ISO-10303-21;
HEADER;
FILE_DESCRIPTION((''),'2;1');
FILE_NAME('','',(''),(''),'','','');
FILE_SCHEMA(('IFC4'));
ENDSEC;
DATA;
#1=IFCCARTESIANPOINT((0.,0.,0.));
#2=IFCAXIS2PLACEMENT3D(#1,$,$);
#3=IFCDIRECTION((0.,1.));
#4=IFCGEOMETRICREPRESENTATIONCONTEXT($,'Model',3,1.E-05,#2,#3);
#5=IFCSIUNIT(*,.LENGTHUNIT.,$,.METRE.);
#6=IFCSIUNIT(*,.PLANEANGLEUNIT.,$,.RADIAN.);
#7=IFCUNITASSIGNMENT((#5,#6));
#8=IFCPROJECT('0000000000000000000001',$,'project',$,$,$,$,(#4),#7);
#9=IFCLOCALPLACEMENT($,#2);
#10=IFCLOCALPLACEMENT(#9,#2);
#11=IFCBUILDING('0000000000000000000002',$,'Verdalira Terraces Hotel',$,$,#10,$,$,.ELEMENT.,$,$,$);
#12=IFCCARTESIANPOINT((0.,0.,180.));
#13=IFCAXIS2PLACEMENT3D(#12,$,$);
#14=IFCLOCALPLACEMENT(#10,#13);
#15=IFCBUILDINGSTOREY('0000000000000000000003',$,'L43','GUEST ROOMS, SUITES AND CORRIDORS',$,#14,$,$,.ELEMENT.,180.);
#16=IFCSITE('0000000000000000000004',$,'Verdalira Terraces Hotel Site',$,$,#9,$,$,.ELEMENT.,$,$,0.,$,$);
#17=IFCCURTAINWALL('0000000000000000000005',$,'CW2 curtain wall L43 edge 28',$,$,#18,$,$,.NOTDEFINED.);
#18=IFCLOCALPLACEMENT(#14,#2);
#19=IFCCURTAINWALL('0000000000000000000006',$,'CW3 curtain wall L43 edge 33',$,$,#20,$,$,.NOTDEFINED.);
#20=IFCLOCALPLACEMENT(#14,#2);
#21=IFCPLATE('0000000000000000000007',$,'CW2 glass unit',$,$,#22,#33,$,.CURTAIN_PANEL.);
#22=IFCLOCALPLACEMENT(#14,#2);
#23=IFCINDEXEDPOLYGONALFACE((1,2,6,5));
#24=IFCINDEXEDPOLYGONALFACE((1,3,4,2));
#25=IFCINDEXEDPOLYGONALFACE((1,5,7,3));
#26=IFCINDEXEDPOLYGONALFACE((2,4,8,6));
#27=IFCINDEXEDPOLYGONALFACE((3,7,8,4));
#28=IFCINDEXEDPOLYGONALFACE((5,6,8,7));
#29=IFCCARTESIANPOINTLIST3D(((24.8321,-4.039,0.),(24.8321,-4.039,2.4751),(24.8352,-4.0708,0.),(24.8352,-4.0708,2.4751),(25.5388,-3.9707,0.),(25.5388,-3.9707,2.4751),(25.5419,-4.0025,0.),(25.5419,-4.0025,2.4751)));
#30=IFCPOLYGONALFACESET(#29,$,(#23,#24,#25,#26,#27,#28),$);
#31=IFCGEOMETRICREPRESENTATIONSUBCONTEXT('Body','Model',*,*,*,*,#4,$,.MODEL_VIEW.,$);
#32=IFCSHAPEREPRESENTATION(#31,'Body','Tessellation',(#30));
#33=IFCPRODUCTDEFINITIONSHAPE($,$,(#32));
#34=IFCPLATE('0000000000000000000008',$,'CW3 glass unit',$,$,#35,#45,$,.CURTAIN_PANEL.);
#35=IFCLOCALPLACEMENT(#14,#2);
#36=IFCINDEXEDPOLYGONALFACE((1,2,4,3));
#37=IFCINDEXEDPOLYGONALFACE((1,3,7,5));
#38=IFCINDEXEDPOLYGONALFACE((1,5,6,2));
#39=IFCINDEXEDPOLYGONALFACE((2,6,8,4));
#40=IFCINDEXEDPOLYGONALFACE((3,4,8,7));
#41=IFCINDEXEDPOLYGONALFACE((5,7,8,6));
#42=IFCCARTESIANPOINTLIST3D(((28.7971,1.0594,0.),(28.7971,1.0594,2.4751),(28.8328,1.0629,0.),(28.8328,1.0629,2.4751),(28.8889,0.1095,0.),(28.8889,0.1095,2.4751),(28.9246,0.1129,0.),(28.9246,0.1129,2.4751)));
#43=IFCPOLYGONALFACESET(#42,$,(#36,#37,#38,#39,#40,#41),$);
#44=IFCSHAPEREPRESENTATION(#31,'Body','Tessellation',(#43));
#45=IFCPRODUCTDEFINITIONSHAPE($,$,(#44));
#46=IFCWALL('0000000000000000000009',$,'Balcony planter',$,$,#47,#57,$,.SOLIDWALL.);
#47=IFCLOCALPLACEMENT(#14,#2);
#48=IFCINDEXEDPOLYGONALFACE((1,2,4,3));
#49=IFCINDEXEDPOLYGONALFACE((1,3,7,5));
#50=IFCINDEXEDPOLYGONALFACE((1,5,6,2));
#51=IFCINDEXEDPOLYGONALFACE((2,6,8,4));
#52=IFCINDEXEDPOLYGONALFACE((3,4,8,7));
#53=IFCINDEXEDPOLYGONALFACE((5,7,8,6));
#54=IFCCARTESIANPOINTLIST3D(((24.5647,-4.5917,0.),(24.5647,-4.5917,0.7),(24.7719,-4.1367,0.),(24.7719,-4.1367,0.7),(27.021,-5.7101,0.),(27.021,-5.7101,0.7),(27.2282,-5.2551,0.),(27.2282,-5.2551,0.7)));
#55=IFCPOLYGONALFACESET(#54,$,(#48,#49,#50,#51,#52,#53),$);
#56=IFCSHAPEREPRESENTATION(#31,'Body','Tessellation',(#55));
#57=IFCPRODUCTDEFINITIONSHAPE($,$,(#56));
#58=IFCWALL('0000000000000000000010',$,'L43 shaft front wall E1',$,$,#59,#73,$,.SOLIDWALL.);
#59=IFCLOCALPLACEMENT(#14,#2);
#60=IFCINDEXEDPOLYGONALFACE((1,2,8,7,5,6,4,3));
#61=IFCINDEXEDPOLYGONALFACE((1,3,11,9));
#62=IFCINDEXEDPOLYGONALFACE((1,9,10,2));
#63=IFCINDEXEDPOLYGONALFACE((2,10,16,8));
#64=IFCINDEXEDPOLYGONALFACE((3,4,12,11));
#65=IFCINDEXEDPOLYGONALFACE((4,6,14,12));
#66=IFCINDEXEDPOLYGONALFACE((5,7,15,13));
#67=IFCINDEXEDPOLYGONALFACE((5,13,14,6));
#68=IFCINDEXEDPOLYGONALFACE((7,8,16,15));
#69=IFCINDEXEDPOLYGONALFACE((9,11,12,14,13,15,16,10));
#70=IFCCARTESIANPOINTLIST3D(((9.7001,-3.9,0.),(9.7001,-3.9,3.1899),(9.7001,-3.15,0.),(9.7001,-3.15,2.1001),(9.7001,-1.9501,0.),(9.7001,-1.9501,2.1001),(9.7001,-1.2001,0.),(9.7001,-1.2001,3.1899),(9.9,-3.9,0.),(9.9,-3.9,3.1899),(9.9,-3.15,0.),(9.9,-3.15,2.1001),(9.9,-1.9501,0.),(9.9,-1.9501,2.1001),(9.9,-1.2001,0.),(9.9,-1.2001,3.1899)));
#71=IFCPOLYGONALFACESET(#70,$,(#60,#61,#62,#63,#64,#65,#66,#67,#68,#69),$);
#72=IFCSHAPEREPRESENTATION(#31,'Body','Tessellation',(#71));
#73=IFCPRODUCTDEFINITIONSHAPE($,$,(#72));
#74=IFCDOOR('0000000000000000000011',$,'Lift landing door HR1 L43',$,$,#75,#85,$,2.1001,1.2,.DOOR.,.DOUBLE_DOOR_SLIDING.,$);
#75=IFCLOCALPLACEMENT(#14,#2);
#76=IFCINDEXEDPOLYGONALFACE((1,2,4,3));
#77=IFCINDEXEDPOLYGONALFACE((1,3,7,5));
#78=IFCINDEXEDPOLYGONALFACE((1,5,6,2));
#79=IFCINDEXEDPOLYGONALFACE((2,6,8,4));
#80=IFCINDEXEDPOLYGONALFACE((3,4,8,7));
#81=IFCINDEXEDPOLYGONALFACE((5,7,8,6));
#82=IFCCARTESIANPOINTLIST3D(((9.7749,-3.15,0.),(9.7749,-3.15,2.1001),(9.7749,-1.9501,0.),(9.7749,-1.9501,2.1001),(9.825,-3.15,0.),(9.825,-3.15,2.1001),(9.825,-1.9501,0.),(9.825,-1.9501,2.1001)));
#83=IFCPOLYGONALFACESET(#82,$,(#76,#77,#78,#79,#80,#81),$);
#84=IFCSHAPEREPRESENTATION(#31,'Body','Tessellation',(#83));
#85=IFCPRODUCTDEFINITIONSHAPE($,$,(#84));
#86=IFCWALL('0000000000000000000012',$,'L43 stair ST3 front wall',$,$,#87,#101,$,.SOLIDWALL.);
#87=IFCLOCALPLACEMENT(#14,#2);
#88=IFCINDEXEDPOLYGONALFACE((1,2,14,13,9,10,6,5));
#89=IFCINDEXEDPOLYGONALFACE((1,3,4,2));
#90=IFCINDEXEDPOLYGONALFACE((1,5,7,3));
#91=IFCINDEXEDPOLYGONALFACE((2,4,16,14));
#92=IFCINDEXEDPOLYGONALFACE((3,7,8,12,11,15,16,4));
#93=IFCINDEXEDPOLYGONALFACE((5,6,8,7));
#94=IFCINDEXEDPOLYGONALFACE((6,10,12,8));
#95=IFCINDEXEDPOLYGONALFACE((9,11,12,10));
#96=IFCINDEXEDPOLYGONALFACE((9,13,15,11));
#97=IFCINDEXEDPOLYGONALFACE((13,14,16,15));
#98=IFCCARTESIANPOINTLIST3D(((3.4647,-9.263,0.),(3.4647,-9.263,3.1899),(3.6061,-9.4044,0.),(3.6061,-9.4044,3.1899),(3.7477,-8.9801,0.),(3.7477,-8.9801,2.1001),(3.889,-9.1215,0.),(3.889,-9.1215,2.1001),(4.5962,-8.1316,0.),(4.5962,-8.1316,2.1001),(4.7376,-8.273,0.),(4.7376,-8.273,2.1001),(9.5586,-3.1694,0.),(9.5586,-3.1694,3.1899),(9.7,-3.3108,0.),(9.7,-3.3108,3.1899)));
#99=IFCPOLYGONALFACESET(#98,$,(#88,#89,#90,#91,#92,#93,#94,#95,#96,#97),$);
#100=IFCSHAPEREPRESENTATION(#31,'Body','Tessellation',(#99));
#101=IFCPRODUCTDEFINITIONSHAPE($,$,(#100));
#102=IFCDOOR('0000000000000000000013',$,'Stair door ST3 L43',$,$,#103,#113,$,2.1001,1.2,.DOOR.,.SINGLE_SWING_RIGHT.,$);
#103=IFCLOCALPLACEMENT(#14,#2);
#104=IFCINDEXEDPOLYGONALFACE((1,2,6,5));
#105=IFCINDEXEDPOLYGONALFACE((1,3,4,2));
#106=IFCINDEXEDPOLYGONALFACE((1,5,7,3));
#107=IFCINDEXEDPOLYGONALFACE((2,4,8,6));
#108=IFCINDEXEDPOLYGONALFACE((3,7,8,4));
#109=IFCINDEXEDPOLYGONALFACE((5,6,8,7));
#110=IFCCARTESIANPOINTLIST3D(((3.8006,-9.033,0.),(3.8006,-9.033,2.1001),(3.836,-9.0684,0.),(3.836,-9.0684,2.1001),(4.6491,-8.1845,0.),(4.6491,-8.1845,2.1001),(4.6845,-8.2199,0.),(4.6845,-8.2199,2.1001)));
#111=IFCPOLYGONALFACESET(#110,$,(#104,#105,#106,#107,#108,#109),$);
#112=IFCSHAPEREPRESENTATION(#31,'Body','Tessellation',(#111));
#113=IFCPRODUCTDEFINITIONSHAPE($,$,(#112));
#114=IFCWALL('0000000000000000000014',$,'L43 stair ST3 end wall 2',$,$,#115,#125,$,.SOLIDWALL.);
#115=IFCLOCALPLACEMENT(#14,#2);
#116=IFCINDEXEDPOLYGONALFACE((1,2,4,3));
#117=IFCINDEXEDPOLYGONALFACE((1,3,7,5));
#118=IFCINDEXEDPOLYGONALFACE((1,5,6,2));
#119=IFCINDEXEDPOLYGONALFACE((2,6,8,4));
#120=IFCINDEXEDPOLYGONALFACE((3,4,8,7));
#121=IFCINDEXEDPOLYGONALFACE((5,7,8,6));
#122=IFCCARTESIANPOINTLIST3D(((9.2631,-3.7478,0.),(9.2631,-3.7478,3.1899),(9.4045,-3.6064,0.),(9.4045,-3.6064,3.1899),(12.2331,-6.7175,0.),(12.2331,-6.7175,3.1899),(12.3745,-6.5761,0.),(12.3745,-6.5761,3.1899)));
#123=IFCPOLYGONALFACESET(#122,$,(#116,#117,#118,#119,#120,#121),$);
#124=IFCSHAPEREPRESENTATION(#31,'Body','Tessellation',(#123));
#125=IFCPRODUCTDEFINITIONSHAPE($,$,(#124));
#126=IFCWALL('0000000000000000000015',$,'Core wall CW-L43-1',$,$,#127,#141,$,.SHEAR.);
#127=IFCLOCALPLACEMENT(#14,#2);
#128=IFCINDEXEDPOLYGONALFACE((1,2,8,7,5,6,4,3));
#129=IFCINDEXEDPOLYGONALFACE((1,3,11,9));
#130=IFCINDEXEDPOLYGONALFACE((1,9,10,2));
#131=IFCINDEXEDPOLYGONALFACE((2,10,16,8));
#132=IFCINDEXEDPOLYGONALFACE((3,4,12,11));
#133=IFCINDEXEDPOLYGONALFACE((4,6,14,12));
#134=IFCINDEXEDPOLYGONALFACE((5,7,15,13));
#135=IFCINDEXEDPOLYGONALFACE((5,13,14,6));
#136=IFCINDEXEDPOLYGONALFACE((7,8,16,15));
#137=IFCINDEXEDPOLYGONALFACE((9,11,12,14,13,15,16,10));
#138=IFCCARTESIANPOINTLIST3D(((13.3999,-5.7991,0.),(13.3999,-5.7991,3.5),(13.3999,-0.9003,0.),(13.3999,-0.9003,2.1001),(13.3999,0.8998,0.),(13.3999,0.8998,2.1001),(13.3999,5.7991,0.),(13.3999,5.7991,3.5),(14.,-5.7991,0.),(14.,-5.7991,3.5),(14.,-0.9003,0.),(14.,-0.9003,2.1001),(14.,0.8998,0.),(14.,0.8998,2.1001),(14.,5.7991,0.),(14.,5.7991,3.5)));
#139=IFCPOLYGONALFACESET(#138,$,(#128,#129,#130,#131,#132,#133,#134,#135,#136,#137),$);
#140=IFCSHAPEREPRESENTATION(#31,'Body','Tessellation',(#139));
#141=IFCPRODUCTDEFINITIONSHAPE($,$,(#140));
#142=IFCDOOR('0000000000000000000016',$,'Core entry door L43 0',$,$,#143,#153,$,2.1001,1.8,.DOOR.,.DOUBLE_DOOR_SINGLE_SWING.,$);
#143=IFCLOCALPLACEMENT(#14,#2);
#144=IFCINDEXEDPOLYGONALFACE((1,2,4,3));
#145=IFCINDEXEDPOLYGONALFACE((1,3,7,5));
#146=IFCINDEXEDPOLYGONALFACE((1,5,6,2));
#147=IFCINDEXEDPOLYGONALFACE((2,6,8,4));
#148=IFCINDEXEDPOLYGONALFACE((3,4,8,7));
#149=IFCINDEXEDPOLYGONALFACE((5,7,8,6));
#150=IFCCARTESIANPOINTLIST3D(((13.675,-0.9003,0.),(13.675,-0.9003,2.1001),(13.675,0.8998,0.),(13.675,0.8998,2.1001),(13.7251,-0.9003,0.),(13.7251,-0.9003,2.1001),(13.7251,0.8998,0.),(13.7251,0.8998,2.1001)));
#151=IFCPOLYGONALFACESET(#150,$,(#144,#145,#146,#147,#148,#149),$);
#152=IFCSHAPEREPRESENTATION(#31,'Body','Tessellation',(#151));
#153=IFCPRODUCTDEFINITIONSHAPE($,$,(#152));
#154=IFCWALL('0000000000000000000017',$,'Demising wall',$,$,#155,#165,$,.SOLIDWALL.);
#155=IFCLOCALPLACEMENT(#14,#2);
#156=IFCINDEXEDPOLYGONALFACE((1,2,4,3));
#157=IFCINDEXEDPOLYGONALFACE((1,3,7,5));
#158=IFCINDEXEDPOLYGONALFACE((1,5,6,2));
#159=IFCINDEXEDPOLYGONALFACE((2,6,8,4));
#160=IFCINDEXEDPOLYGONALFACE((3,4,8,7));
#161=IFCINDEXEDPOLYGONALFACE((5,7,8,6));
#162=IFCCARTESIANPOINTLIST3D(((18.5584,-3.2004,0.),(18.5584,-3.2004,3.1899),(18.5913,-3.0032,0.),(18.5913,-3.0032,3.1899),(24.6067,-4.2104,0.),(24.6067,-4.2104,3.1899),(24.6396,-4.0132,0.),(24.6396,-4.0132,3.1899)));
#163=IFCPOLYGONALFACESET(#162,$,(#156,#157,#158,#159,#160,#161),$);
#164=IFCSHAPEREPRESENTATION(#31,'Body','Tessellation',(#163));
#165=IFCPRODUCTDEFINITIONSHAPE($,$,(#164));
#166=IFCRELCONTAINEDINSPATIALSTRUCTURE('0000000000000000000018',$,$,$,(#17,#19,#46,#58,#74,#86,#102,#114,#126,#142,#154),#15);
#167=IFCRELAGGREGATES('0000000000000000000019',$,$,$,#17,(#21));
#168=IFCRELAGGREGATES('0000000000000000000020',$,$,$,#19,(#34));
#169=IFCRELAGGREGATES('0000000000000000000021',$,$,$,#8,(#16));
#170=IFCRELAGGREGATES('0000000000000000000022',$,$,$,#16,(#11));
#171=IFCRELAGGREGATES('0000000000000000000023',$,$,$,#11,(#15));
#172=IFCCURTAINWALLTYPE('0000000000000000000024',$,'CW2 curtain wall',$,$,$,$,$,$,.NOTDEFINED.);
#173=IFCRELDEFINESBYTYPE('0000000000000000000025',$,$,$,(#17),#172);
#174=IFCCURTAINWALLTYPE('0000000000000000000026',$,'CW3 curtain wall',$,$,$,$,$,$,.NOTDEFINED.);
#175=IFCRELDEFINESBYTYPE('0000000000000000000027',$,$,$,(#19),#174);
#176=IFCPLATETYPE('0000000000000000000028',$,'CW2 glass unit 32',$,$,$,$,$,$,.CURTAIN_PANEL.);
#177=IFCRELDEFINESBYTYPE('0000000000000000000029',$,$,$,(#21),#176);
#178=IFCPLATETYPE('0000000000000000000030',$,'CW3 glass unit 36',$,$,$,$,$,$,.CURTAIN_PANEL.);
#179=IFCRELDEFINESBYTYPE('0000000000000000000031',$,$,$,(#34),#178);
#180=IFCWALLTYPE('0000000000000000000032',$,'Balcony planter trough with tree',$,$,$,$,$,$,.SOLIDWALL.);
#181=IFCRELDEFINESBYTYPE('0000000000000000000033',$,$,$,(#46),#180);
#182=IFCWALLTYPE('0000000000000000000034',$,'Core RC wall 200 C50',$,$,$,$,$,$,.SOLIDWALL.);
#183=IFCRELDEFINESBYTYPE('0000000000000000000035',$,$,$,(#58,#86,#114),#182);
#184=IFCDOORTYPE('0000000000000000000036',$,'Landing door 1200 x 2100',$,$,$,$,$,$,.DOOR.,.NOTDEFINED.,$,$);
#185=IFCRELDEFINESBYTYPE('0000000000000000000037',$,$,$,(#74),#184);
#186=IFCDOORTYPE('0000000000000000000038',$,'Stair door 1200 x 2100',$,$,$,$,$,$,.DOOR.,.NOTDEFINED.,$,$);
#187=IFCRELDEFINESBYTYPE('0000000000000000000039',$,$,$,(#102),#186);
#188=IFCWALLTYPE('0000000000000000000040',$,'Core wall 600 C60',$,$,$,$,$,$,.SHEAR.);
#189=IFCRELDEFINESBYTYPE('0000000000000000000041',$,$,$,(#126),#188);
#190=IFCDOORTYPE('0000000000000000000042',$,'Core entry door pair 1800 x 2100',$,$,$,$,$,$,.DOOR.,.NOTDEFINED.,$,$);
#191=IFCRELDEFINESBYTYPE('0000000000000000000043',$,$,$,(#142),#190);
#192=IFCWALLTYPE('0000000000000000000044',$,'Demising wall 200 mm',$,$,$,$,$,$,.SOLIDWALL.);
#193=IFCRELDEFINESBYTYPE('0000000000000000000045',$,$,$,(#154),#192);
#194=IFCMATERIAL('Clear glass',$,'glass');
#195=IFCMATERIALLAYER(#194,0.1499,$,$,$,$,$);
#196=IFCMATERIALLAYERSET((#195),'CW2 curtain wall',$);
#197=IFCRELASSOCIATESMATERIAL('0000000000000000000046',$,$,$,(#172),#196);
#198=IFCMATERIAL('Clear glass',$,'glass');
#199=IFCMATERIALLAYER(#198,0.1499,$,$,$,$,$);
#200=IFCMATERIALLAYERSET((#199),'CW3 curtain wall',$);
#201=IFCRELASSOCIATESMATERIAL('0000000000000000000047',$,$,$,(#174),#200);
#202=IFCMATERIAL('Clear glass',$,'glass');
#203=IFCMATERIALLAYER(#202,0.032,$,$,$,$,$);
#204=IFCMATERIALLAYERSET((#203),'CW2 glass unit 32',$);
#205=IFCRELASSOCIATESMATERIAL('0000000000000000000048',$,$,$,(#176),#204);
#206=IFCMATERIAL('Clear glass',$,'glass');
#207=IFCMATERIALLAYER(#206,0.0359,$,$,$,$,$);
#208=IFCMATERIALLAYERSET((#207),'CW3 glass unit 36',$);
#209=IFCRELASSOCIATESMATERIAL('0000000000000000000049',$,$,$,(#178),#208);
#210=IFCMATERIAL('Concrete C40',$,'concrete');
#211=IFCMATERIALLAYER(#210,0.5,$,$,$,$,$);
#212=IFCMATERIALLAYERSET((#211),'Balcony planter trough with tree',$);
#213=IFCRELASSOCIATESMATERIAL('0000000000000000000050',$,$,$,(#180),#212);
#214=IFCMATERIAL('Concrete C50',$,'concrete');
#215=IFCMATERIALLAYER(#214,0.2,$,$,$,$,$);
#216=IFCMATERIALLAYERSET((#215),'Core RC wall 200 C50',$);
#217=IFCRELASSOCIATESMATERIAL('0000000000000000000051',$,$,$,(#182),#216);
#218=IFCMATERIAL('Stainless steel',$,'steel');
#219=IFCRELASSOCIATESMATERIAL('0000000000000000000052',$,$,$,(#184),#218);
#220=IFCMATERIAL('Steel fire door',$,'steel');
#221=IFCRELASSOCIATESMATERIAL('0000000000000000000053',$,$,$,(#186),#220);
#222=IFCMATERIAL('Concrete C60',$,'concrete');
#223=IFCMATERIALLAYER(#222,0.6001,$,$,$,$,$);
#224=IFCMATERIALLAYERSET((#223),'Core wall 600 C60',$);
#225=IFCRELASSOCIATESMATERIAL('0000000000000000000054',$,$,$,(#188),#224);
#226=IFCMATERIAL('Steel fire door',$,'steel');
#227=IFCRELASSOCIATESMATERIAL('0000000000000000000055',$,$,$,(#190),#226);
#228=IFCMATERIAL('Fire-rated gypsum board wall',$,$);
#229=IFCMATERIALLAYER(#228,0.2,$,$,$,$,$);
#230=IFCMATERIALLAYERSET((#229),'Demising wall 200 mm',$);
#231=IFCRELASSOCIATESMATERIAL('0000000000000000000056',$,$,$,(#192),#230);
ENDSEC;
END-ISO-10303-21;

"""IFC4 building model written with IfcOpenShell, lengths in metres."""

from ifc_helpers import new_model, si_unit, direction, frame, frame_2d, origin, origin_2d, place, context, subcontext, project, spatial, rectangle, extrude, material, layer, layer_set, type_object, element, fill, aggregate, save


model = new_model("IFC4")

# Units and contexts
model_context = context("Model", 3, precision=1e-05, world=origin(), true_north=direction((0.0, 1.0)))
body_context = subcontext(model_context, "Body", "Model", "MODEL_VIEW")
ifc_project = project(units=[si_unit("LENGTHUNIT", "METRE"), si_unit("PLANEANGLEUNIT", "RADIAN")], contexts=[model_context])

# Site, building, storey
site_placement = place(None, origin())
site = spatial("IfcSite", under=ifc_project, at=site_placement, Name="Verdalira Terraces Hotel Site", CompositionType="ELEMENT", RefElevation=0.0)
building_placement = place(site_placement, origin())
building = spatial("IfcBuilding", under=site, at=building_placement, Name="Verdalira Terraces Hotel", CompositionType="ELEMENT")
storey_placement = place(building_placement, frame((0.0, 0.0, 180.0)))
storey = spatial("IfcBuildingStorey", under=building, at=storey_placement, Name="L43", Description="GUEST ROOMS, SUITES AND CORRIDORS", CompositionType="ELEMENT", Elevation=180.0)

# Curtain walls
ifc_material_1 = material(Name="Clear glass", Category="glass")
ifc_layer_1 = layer(ifc_material_1, 0.1499)
ifc_layer_set_1 = layer_set([ifc_layer_1], Name="CW2 curtain wall")
curtain_wall_type_1 = type_object("IfcCurtainWallType", Name="CW2 curtain wall", PredefinedType="NOTDEFINED", material=ifc_layer_set_1)
curtain_wall_1_placement = place(storey_placement, origin())
curtain_wall_1 = element("IfcCurtainWall", 1, at=curtain_wall_1_placement, inside=storey, type_object=curtain_wall_type_1, Name="CW2 curtain wall L43 edge 28", PredefinedType="NOTDEFINED")
ifc_material_2 = material(Name="Clear glass", Category="glass")
ifc_layer_2 = layer(ifc_material_2, 0.1499)
ifc_layer_set_2 = layer_set([ifc_layer_2], Name="CW3 curtain wall")
curtain_wall_type_2 = type_object("IfcCurtainWallType", Name="CW3 curtain wall", PredefinedType="NOTDEFINED", material=ifc_layer_set_2)
curtain_wall_2_placement = place(storey_placement, origin())
curtain_wall_2 = element("IfcCurtainWall", 2, at=curtain_wall_2_placement, inside=storey, type_object=curtain_wall_type_2, Name="CW3 curtain wall L43 edge 33", PredefinedType="NOTDEFINED")

# Plates
ifc_material_3 = material(Name="Clear glass", Category="glass")
ifc_layer_3 = layer(ifc_material_3, 0.032)
ifc_layer_set_3 = layer_set([ifc_layer_3], Name="CW2 glass unit 32")
plate_type_1 = type_object("IfcPlateType", Name="CW2 glass unit 32", PredefinedType="CURTAIN_PANEL", material=ifc_layer_set_3)
plate_1_placement = place(storey_placement, frame((25.187, -4.0208, 0.0), z_axis=(0.0, 0.0, 1.0), x_axis=(0.995363, 0.096193, 0.0)))
plate_1 = element("IfcPlate", 3, at=plate_1_placement, type_object=plate_type_1, Name="CW2 glass unit", PredefinedType="CURTAIN_PANEL", context=body_context, shape_type="SweptSolid", body=[
    extrude(rectangle(XDim=0.71, YDim=0.032, at=origin_2d()), origin(), (0.0, 0.0, 1.0), 2.4751),
])
aggregate(curtain_wall_1, [plate_1])
ifc_material_4 = material(Name="Clear glass", Category="glass")
ifc_layer_4 = layer(ifc_material_4, 0.0359)
ifc_layer_set_4 = layer_set([ifc_layer_4], Name="CW3 glass unit 36")
plate_type_2 = type_object("IfcPlateType", Name="CW3 glass unit 36", PredefinedType="CURTAIN_PANEL", material=ifc_layer_set_4)
plate_2_placement = place(storey_placement, frame((28.8608, 0.5862, 0.0), z_axis=(0.0, 0.0, 1.0), x_axis=(-0.096193, 0.995363, 0.0)))
plate_2 = element("IfcPlate", 4, at=plate_2_placement, type_object=plate_type_2, Name="CW3 glass unit", PredefinedType="CURTAIN_PANEL", context=body_context, shape_type="SweptSolid", body=[
    extrude(rectangle(XDim=0.9543, YDim=0.0359, at=origin_2d()), origin(), (0.0, 0.0, 1.0), 2.4751),
])
aggregate(curtain_wall_2, [plate_2])

# Wall
ifc_material_5 = material(Name="Concrete C40", Category="concrete")
ifc_layer_5 = layer(ifc_material_5, 0.5)
ifc_layer_set_5 = layer_set([ifc_layer_5], Name="Balcony planter trough with tree")
wall_type_1 = type_object("IfcWallType", Name="Balcony planter trough with tree", PredefinedType="SOLIDWALL", material=ifc_layer_set_5)
wall_1_placement = place(storey_placement, frame((27.1248, -5.4827, 0.0), z_axis=(0.0, 0.0, 1.0), x_axis=(-0.9101, 0.414389, 0.0)))
element("IfcWall", 5, at=wall_1_placement, inside=storey, type_object=wall_type_1, Name="Balcony planter", PredefinedType="SOLIDWALL", context=body_context, shape_type="SweptSolid", body=[
    extrude(rectangle(XDim=2.699, YDim=0.5, at=frame_2d((1.3496, 0.0))), origin(), (0.0, 0.0, 1.0), 0.7),
])

# Walls, openings, doors
ifc_material_6 = material(Name="Concrete C50", Category="concrete")
ifc_layer_6 = layer(ifc_material_6, 0.2)
ifc_layer_set_6 = layer_set([ifc_layer_6], Name="Core RC wall 200 C50")
wall_type_2 = type_object("IfcWallType", Name="Core RC wall 200 C50", PredefinedType="SOLIDWALL", material=ifc_layer_set_6)
wall_2_placement = place(storey_placement, frame((9.8, -1.2, 0.0), z_axis=(0.0, 0.0, 1.0), x_axis=(0.0, -1.0, 0.0)))
wall_2 = element("IfcWall", 6, at=wall_2_placement, inside=storey, type_object=wall_type_2, Name="L43 shaft front wall E1", PredefinedType="SOLIDWALL", context=body_context, shape_type="SweptSolid", body=[
    extrude(rectangle(XDim=2.7, YDim=0.2, at=frame_2d((1.3501, 0.0))), origin(), (0.0, 0.0, 1.0), 3.1899),
])
opening_1_placement = place(wall_2_placement, frame((0.75, 0.0, 0.0)))
opening_1 = element("IfcOpeningElement", 7, at=opening_1_placement, cuts=wall_2, PredefinedType="OPENING", context=body_context, shape_type="SweptSolid", body=[
    extrude(rectangle(XDim=1.2, YDim=2.1001, at=frame_2d((0.6001, 1.05))), frame((0.0, 0.1099, 0.0), z_axis=(0.0, -1.0, 0.0), x_axis=(1.0, 0.0, 0.0)), (0.0, 0.0, 1.0), 0.22),
])
ifc_material_7 = material(Name="Stainless steel", Category="steel")
door_type_1 = type_object("IfcDoorType", Name="Landing door 1200 x 2100", OperationType="NOTDEFINED", PredefinedType="DOOR", material=ifc_material_7)
door_1_placement = place(opening_1_placement, origin())
door_1 = element("IfcDoor", 8, at=door_1_placement, inside=storey, type_object=door_type_1, Name="Lift landing door HR1 L43", OperationType="DOUBLE_DOOR_SLIDING", OverallHeight=2.1001, OverallWidth=1.2, PredefinedType="DOOR", context=body_context, shape_type="SweptSolid", body=[
    extrude(rectangle(XDim=1.2, YDim=2.1001, at=frame_2d((0.6001, 1.05))), frame((0.0, 0.0249, 0.0), z_axis=(0.0, -1.0, 0.0), x_axis=(1.0, 0.0, 0.0)), (0.0, 0.0, 1.0), 0.05),
])
fill(opening_1, door_1)
wall_3_placement = place(storey_placement, frame((9.6294, -3.24, 0.0), z_axis=(0.0, 0.0, 1.0), x_axis=(-0.707121, -0.707093, 0.0)))
wall_3 = element("IfcWall", 9, at=wall_3_placement, inside=storey, type_object=wall_type_2, Name="L43 stair ST3 front wall", PredefinedType="SOLIDWALL", context=body_context, shape_type="SweptSolid", body=[
    extrude(rectangle(XDim=8.6179, YDim=0.2, at=frame_2d((4.3091, 0.0))), origin(), (0.0, 0.0, 1.0), 3.1899),
])
opening_2_placement = place(wall_3_placement, frame((7.0178, 0.0, 0.0)))
opening_2 = element("IfcOpeningElement", 10, at=opening_2_placement, cuts=wall_3, PredefinedType="OPENING", context=body_context, shape_type="SweptSolid", body=[
    extrude(rectangle(XDim=1.2, YDim=2.1001, at=frame_2d((0.6001, 1.05))), frame((0.0, 0.1099, 0.0), z_axis=(0.0, -1.0, 0.0), x_axis=(1.0, 0.0, 0.0)), (0.0, 0.0, 1.0), 0.22),
])
ifc_material_8 = material(Name="Steel fire door", Category="steel")
door_type_2 = type_object("IfcDoorType", Name="Stair door 1200 x 2100", OperationType="NOTDEFINED", PredefinedType="DOOR", material=ifc_material_8)
door_2_placement = place(opening_2_placement, origin())
door_2 = element("IfcDoor", 11, at=door_2_placement, inside=storey, type_object=door_type_2, Name="Stair door ST3 L43", OperationType="SINGLE_SWING_RIGHT", OverallHeight=2.1001, OverallWidth=1.2, PredefinedType="DOOR", context=body_context, shape_type="SweptSolid", body=[
    extrude(rectangle(XDim=1.2, YDim=2.1001, at=frame_2d((0.6001, 1.05))), frame((0.0, 0.0249, 0.0), z_axis=(0.0, -1.0, 0.0), x_axis=(1.0, 0.0, 0.0)), (0.0, 0.0, 1.0), 0.05),
])
fill(opening_2, door_2)

# Wall
wall_4_placement = place(storey_placement, frame((9.3337, -3.677, 0.0), z_axis=(0.0, 0.0, 1.0), x_axis=(0.707136, -0.707078, 0.0)))
element("IfcWall", 12, at=wall_4_placement, inside=storey, type_object=wall_type_2, Name="L43 stair ST3 end wall 2", PredefinedType="SOLIDWALL", context=body_context, shape_type="SweptSolid", body=[
    extrude(rectangle(XDim=4.2, YDim=0.2, at=frame_2d((2.1001, 0.0))), origin(), (0.0, 0.0, 1.0), 3.1899),
])

# Wall, opening, door
ifc_material_9 = material(Name="Concrete C60", Category="concrete")
ifc_layer_7 = layer(ifc_material_9, 0.6001)
ifc_layer_set_7 = layer_set([ifc_layer_7], Name="Core wall 600 C60")
wall_type_3 = type_object("IfcWallType", Name="Core wall 600 C60", PredefinedType="SHEAR", material=ifc_layer_set_7)
wall_5_placement = place(storey_placement, frame((13.7, -5.7991, 0.0), z_axis=(0.0, 0.0, 1.0), x_axis=(0.0, 1.0, 0.0)))
wall_5 = element("IfcWall", 13, at=wall_5_placement, inside=storey, type_object=wall_type_3, Name="Core wall CW-L43-1", PredefinedType="SHEAR", context=body_context, shape_type="SweptSolid", body=[
    extrude(rectangle(XDim=11.5981, YDim=0.6001, at=frame_2d((5.7991, 0.0))), origin(), (0.0, 0.0, 1.0), 3.5),
])
opening_3_placement = place(wall_5_placement, frame((4.8989, 0.0, 0.0)))
opening_3 = element("IfcOpeningElement", 14, at=opening_3_placement, cuts=wall_5, PredefinedType="OPENING", context=body_context, shape_type="SweptSolid", body=[
    extrude(rectangle(XDim=1.8, YDim=2.1001, at=frame_2d((0.8999, 1.05))), frame((0.0, 0.3101, 0.0), z_axis=(0.0, -1.0, 0.0), x_axis=(1.0, 0.0, 0.0)), (0.0, 0.0, 1.0), 0.6201),
])
ifc_material_10 = material(Name="Steel fire door", Category="steel")
door_type_3 = type_object("IfcDoorType", Name="Core entry door pair 1800 x 2100", OperationType="NOTDEFINED", PredefinedType="DOOR", material=ifc_material_10)
door_3_placement = place(opening_3_placement, origin())
door_3 = element("IfcDoor", 15, at=door_3_placement, inside=storey, type_object=door_type_3, Name="Core entry door L43 0", OperationType="DOUBLE_DOOR_SINGLE_SWING", OverallHeight=2.1001, OverallWidth=1.8, PredefinedType="DOOR", context=body_context, shape_type="SweptSolid", body=[
    extrude(rectangle(XDim=1.8, YDim=2.1001, at=frame_2d((0.8999, 1.05))), frame((0.0, 0.0249, 0.0), z_axis=(0.0, -1.0, 0.0), x_axis=(1.0, 0.0, 0.0)), (0.0, 0.0, 1.0), 0.05),
])
fill(opening_3, door_3)

# Wall
ifc_material_11 = material(Name="Fire-rated gypsum board wall")
ifc_layer_8 = layer(ifc_material_11, 0.2)
ifc_layer_set_8 = layer_set([ifc_layer_8], Name="Demising wall 200 mm")
wall_type_4 = type_object("IfcWallType", Name="Demising wall 200 mm", PredefinedType="SOLIDWALL", material=ifc_layer_set_8)
wall_6_placement = place(storey_placement, frame((24.623, -4.1118, 0.0), z_axis=(0.0, 0.0, 1.0), x_axis=(-0.986342, 0.164709, 0.0)))
element("IfcWall", 16, at=wall_6_placement, inside=storey, type_object=wall_type_4, Name="Demising wall", PredefinedType="SOLIDWALL", context=body_context, shape_type="SweptSolid", body=[
    extrude(rectangle(XDim=6.1321, YDim=0.2, at=frame_2d((3.0659, 0.0))), origin(), (0.0, 0.0, 1.0), 3.1899),
])

save(model, "model.ifc")
